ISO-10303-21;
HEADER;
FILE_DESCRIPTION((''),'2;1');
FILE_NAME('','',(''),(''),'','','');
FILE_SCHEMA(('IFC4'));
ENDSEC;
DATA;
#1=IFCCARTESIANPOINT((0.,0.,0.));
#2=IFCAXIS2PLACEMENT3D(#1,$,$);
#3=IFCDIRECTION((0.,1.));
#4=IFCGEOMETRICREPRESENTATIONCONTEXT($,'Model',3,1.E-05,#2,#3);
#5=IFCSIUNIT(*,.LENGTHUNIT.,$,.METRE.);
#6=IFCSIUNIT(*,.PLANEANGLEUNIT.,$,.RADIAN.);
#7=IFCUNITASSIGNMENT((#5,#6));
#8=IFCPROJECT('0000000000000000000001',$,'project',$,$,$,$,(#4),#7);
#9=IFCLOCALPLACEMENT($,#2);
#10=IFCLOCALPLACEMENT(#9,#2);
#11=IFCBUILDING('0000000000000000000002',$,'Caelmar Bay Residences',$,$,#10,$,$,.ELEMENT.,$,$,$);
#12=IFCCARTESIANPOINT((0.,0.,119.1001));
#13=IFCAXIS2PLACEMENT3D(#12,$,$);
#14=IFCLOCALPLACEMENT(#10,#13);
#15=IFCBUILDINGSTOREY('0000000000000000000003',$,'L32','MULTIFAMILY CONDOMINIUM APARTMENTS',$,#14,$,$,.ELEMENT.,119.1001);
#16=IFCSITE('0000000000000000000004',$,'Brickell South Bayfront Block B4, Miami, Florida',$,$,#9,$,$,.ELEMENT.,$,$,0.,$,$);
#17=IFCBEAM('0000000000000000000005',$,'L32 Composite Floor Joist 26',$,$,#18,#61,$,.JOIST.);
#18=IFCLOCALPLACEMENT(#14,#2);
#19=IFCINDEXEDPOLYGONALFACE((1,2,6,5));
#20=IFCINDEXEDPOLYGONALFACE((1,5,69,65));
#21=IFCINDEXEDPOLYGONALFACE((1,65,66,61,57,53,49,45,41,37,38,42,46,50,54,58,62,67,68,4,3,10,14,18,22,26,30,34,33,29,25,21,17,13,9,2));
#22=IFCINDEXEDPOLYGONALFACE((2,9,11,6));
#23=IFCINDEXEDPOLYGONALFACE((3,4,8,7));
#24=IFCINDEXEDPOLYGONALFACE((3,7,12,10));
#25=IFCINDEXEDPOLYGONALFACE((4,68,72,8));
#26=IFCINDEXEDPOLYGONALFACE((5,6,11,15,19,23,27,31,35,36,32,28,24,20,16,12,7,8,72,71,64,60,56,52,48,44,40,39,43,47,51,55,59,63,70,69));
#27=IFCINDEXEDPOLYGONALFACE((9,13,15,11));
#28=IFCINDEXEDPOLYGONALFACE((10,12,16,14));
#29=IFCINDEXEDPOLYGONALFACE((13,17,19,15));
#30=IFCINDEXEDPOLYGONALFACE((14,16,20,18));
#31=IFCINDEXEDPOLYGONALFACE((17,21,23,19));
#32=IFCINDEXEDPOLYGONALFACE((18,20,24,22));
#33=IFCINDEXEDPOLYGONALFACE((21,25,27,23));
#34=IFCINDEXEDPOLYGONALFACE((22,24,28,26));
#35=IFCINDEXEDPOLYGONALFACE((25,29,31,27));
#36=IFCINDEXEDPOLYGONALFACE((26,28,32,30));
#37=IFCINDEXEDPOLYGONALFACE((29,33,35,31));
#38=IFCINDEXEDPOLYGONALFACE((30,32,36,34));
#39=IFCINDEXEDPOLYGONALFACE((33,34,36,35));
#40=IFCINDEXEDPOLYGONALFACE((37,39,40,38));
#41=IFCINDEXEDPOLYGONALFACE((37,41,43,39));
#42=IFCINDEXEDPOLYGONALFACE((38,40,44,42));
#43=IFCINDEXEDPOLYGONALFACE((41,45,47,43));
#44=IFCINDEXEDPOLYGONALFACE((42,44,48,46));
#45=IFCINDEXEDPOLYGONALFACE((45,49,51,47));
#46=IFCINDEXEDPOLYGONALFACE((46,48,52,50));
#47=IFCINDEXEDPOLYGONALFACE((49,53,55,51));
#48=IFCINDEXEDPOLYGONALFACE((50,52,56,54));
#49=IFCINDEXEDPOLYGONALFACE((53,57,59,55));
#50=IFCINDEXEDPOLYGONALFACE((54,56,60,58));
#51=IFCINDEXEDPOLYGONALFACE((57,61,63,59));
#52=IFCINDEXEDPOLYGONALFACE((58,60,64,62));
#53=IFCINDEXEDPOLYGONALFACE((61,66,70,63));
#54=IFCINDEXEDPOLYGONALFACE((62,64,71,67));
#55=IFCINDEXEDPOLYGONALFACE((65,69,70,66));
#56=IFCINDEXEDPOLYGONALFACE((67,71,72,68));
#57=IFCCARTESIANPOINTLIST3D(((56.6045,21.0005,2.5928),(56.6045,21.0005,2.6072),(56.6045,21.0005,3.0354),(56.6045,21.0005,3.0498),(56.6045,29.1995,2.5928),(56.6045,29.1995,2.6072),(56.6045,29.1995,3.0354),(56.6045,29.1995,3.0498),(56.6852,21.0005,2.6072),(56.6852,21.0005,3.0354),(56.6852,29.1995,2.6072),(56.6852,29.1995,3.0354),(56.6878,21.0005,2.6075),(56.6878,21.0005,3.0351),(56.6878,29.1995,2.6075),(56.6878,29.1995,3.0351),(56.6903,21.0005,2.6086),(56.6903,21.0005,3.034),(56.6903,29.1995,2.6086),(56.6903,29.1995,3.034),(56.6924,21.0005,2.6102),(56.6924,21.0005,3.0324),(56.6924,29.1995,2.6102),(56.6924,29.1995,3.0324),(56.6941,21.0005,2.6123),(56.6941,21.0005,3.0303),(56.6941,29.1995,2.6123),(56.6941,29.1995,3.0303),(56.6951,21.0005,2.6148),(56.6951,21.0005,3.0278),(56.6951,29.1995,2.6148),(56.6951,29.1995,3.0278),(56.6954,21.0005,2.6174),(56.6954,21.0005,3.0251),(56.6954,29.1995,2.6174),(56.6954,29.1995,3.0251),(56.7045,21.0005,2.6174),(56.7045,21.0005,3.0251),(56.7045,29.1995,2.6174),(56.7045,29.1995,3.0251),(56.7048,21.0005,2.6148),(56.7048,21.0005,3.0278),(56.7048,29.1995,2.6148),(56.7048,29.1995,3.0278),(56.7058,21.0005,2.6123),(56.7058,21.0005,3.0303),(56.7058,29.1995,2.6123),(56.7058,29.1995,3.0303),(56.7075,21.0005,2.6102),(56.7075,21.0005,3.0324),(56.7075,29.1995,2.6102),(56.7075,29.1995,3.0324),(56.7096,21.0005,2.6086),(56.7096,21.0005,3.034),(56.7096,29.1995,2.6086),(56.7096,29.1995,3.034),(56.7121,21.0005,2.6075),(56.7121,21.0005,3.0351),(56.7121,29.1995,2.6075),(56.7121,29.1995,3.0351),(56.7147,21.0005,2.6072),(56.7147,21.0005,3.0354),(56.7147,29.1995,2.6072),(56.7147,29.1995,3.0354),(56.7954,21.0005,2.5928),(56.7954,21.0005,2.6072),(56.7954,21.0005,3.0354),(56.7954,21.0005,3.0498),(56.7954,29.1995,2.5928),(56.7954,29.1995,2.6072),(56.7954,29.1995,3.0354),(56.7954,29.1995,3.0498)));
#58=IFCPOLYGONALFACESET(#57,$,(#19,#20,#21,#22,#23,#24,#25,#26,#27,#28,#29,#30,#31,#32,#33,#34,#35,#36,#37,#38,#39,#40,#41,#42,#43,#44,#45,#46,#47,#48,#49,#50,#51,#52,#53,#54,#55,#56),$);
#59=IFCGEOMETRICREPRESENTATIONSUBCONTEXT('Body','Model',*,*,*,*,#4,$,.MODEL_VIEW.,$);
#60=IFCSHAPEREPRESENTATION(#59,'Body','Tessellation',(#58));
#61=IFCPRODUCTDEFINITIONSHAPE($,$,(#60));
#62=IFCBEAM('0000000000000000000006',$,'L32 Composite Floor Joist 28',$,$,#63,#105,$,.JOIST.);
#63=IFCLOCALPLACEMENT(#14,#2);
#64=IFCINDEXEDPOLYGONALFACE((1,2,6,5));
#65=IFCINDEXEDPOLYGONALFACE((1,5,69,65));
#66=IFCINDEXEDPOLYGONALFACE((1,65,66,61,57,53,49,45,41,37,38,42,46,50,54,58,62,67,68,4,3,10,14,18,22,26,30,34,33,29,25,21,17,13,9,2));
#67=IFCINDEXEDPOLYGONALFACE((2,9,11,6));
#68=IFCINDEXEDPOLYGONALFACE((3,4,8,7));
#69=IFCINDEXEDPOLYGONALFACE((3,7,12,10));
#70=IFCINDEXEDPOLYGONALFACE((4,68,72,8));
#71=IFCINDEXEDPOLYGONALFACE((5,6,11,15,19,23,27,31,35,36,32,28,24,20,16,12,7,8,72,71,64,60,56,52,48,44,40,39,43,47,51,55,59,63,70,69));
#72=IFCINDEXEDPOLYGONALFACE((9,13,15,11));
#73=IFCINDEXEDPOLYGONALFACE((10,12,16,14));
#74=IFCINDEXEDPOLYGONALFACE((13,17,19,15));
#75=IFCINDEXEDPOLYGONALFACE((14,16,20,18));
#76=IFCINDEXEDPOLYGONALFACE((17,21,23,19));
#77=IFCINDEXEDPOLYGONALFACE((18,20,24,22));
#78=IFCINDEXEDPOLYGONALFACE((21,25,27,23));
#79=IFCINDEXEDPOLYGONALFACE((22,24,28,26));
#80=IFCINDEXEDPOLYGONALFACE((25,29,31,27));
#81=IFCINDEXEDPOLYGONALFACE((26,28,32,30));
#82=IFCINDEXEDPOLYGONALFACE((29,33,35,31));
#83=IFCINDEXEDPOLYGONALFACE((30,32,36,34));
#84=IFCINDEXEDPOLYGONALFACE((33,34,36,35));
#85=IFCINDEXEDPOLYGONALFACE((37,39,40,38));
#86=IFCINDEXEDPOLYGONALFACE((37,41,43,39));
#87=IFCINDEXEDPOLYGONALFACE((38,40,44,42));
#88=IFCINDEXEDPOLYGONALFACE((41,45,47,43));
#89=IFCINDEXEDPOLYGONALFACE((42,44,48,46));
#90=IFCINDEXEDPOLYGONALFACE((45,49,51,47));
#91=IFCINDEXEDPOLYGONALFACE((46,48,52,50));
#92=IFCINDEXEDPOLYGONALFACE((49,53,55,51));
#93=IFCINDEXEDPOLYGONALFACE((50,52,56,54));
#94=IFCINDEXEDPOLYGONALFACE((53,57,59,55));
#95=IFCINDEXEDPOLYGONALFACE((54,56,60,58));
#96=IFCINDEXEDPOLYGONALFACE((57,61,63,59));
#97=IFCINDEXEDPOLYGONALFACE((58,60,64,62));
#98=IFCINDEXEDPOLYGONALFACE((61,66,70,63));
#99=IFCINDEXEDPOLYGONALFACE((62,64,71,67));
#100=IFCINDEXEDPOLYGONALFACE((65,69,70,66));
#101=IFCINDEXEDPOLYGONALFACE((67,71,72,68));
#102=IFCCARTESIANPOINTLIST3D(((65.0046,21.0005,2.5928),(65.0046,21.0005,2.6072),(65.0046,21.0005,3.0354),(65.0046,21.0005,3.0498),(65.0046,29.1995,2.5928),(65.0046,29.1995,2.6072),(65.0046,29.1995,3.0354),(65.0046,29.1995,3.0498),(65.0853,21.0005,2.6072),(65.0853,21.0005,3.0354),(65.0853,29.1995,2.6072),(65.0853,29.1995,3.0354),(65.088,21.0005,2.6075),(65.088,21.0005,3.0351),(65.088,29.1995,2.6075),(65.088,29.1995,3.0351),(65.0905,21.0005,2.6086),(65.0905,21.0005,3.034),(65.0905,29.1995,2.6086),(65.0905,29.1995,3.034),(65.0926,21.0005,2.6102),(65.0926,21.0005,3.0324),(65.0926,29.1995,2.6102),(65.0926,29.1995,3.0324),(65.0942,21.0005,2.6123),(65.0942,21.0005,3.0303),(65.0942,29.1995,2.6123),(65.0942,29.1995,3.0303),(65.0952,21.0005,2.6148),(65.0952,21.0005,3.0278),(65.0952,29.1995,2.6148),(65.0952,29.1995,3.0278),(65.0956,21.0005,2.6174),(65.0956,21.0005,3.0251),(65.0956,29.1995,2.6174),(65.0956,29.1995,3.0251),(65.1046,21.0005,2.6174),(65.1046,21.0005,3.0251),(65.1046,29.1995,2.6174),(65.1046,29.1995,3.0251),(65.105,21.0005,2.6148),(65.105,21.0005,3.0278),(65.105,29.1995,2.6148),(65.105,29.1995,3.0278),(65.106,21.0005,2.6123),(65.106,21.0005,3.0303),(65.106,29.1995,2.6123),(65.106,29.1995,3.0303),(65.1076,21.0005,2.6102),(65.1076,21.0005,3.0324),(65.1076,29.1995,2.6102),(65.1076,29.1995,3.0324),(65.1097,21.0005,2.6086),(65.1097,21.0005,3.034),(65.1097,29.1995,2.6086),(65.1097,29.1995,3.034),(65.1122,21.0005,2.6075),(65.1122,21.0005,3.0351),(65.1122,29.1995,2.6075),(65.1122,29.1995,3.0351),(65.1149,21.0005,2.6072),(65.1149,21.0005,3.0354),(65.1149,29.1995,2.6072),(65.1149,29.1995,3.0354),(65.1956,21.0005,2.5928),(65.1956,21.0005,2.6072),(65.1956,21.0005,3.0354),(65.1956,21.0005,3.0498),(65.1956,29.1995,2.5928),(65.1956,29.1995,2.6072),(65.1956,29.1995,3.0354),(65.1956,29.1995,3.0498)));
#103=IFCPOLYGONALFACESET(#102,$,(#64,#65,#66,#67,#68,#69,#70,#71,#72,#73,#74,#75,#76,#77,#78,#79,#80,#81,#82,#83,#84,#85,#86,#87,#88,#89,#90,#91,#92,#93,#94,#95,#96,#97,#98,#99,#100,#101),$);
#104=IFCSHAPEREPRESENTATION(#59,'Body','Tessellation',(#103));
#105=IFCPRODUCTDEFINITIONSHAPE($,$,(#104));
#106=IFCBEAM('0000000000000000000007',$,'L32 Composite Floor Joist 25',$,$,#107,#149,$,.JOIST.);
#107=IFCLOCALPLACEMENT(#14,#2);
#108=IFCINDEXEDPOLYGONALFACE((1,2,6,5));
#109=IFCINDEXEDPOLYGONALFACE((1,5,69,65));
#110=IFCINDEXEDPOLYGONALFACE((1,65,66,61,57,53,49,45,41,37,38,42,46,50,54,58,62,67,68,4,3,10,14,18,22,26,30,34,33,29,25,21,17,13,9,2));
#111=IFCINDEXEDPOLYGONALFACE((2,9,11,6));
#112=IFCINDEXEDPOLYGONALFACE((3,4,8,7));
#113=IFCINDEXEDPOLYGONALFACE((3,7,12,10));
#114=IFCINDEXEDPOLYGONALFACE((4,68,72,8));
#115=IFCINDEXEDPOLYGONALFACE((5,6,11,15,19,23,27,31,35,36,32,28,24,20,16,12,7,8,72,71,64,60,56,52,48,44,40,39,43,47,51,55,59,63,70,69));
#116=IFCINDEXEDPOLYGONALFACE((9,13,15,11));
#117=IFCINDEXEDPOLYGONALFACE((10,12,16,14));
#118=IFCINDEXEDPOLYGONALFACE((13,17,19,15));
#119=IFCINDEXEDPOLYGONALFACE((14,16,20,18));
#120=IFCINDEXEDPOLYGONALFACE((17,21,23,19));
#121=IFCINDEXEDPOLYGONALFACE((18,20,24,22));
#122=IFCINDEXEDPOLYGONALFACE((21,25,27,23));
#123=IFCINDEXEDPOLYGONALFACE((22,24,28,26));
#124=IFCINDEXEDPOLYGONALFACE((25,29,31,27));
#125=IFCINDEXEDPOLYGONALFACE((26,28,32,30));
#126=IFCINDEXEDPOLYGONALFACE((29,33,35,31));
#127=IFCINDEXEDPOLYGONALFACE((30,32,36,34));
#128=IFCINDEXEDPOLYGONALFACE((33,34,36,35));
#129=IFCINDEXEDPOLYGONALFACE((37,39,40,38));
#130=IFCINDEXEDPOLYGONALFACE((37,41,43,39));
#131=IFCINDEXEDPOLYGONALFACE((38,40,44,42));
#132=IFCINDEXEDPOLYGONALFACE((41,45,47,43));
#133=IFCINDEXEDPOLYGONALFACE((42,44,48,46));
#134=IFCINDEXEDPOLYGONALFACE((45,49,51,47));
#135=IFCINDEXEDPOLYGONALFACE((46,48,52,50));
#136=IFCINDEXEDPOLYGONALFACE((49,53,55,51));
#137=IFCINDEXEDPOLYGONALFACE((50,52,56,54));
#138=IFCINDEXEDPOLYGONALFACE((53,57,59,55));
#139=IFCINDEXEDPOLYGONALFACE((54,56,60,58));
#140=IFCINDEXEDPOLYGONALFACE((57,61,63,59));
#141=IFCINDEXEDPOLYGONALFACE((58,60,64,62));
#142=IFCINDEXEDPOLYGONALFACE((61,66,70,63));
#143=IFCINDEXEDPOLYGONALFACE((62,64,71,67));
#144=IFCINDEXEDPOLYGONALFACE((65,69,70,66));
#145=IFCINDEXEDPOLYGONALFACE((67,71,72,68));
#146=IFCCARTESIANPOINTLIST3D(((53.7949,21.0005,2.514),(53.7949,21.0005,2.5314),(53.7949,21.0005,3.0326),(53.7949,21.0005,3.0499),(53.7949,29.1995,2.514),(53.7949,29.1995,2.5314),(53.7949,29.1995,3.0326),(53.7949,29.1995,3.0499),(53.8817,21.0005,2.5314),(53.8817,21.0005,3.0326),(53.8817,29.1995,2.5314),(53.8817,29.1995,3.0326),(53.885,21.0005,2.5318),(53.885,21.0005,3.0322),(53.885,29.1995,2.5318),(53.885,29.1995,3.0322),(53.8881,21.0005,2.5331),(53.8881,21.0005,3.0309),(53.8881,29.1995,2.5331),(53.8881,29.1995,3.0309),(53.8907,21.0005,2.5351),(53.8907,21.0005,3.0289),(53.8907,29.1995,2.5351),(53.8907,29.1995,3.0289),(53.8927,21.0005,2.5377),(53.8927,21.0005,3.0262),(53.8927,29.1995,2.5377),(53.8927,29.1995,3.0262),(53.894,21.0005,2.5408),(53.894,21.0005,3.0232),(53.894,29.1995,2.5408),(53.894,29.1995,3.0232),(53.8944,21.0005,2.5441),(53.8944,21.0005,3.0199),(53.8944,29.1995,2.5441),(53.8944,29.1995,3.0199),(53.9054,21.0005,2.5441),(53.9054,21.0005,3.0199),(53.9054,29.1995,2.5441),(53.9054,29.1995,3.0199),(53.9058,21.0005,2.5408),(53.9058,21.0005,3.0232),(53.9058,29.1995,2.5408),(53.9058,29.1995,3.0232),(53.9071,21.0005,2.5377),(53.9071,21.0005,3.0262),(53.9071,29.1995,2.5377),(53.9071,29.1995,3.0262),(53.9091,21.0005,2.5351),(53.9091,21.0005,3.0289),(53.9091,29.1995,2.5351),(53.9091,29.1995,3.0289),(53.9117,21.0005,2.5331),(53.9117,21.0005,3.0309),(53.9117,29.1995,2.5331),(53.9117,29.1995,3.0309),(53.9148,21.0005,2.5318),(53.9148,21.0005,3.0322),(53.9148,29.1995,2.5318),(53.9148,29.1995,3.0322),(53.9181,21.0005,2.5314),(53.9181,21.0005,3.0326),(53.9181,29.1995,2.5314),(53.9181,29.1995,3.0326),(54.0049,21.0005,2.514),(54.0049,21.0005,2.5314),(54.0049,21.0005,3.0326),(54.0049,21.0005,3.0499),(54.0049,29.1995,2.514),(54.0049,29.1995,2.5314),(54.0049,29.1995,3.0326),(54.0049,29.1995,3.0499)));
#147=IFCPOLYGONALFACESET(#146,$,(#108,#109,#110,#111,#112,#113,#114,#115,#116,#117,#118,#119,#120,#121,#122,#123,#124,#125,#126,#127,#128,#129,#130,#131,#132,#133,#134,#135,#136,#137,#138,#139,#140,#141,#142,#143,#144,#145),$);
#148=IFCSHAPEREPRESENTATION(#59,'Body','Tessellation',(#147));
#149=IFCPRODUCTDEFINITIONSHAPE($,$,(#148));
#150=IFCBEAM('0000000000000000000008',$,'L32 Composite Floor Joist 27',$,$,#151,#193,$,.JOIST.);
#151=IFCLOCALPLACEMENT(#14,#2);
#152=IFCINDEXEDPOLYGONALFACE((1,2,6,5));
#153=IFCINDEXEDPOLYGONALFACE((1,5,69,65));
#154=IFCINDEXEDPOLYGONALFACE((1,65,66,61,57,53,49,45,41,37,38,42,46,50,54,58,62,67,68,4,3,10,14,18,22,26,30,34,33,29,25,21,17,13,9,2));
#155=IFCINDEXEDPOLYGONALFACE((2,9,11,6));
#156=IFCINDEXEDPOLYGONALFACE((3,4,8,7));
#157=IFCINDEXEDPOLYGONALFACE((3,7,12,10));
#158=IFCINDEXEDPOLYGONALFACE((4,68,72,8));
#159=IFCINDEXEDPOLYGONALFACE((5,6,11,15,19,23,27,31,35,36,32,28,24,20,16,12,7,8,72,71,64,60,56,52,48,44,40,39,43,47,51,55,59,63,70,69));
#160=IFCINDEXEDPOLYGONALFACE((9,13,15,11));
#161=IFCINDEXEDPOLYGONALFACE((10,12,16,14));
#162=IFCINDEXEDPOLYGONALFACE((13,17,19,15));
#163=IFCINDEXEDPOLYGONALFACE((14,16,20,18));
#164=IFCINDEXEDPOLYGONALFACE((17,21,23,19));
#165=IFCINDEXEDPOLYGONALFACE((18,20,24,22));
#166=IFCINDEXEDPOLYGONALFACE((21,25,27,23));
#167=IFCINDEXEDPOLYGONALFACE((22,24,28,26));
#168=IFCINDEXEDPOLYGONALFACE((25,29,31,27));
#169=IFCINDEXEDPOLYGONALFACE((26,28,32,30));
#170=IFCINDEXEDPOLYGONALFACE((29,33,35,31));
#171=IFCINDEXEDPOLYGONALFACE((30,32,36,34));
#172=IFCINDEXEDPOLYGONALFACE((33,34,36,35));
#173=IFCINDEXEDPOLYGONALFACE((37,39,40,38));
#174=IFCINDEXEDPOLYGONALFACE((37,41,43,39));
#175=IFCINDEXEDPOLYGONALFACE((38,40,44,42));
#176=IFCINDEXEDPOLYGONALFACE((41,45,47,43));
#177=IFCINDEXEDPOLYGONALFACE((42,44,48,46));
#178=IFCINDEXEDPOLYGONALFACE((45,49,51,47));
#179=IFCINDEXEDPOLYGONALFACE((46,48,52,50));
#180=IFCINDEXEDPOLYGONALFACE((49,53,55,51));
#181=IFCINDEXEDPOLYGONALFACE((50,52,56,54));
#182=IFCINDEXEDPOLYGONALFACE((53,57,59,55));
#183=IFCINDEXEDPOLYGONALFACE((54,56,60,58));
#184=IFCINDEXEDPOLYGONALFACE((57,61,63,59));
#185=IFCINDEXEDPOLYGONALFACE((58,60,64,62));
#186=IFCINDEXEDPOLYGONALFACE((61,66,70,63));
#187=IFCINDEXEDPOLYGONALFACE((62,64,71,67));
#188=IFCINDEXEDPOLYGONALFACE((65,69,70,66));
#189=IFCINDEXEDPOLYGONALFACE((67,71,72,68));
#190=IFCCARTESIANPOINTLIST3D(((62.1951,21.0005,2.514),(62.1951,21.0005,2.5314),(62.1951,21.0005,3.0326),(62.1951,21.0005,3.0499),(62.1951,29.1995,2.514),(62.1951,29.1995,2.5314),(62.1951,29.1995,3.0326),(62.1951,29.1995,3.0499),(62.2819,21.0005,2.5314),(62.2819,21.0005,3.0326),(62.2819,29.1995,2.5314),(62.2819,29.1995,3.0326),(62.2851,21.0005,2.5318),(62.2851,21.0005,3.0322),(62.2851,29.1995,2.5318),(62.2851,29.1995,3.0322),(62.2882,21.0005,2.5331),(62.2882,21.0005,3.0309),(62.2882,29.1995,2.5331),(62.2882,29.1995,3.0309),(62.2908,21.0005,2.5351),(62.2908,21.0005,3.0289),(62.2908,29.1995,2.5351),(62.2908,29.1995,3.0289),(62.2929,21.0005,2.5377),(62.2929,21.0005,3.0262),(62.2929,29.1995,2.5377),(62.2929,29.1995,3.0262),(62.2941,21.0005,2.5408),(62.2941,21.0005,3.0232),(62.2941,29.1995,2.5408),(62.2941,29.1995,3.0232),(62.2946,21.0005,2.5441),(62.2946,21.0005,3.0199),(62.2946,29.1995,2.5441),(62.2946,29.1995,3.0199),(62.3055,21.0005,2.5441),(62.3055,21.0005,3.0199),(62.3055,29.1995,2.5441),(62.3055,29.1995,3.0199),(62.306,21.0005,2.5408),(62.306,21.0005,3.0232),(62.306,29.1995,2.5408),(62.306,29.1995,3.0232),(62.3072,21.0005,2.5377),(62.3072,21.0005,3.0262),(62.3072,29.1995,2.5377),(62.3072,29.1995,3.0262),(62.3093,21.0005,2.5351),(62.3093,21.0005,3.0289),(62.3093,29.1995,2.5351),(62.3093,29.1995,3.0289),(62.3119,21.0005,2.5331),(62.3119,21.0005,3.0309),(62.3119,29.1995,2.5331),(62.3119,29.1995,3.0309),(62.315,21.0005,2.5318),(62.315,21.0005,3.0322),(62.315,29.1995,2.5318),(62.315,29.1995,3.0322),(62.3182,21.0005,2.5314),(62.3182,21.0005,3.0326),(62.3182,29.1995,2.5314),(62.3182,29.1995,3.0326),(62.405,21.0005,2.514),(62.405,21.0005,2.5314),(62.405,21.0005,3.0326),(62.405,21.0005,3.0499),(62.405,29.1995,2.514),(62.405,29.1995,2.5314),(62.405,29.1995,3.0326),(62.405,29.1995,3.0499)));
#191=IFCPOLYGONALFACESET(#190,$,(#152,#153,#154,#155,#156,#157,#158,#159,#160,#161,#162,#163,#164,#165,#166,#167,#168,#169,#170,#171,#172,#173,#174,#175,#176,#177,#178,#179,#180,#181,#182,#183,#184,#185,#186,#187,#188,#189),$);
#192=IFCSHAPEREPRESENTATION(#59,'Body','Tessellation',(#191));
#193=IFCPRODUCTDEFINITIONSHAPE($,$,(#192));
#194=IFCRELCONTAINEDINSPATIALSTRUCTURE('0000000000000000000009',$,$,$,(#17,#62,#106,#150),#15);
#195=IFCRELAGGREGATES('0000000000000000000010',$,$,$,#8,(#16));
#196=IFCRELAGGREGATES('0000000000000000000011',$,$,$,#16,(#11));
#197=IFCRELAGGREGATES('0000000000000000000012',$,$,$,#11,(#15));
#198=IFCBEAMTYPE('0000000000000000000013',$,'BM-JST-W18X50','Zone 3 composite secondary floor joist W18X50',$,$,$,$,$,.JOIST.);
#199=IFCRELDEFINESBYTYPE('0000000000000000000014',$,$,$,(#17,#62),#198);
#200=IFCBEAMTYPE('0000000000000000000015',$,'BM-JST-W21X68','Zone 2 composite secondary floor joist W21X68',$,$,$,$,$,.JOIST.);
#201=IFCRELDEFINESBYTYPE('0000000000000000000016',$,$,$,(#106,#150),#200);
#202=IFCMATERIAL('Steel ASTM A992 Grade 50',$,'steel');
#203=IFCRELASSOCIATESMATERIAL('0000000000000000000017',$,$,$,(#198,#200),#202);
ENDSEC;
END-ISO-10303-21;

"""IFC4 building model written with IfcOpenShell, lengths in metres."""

from ifc_helpers import new_model, si_unit, direction, frame, origin, origin_2d, place, context, subcontext, project, spatial, i_section, extrude, material, material_profile, profile_set, type_object, element, save


model = new_model("IFC4")

# Units and contexts
model_context = context("Model", 3, precision=1e-05, world=origin(), true_north=direction((0.0, 1.0)))
body_context = subcontext(model_context, "Body", "Model", "MODEL_VIEW")
ifc_project = project(units=[si_unit("LENGTHUNIT", "METRE"), si_unit("PLANEANGLEUNIT", "RADIAN")], contexts=[model_context])

# Site, building, storey
site_placement = place(None, origin())
site = spatial("IfcSite", under=ifc_project, at=site_placement, Name="Brickell South Bayfront Block B4, Miami, Florida", CompositionType="ELEMENT", RefElevation=0.0)
building_placement = place(site_placement, origin())
building = spatial("IfcBuilding", under=site, at=building_placement, Name="Caelmar Bay Residences", CompositionType="ELEMENT")
storey_placement = place(building_placement, frame((0.0, 0.0, 119.1001)))
storey = spatial("IfcBuildingStorey", under=building, at=storey_placement, Name="L32", Description="MULTIFAMILY CONDOMINIUM APARTMENTS", CompositionType="ELEMENT", Elevation=119.1001)

# Beams
ifc_material_1 = material(Name="Steel ASTM A992 Grade 50", Category="steel")
ifc_material_profile_1 = material_profile(ifc_material_1, i_section(OverallWidth=0.1909, OverallDepth=0.457, WebThickness=0.009, FlangeThickness=0.0144, FilletRadius=0.0103, at=origin_2d()), Name="W18X50")
ifc_profile_set_1 = profile_set([ifc_material_profile_1], Name="Steel ASTM A992 Grade 50")
beam_type_1 = type_object("IfcBeamType", Name="BM-JST-W18X50", Description="Zone 3 composite secondary floor joist W18X50", PredefinedType="JOIST", material=ifc_profile_set_1)
for number, where, z_axis, x_axis, name in (
    (1, (56.7, 21.0005, 2.8213), (0.0, 1.0, 0.0), (-1.0, 0.0, 0.0), "L32 Composite Floor Joist 26"),
    (2, (65.1001, 21.0005, 2.8213), (0.0, 1.0, 0.0), (-1.0, 0.0, 0.0), "L32 Composite Floor Joist 28"),
):
    element("IfcBeam", number, at=place(storey_placement, frame(where, z_axis=z_axis, x_axis=x_axis)), inside=storey, type_object=beam_type_1, Name=name, PredefinedType="JOIST", context=body_context, shape_type="SweptSolid", body=[
        extrude(i_section(OverallWidth=0.1909, OverallDepth=0.457, WebThickness=0.009, FlangeThickness=0.0144, FilletRadius=0.0103, at=origin_2d()), origin(), (0.0, 0.0, 1.0), 8.199),
    ])
ifc_material_profile_2 = material_profile(ifc_material_1, i_section(OverallWidth=0.21, OverallDepth=0.5359, WebThickness=0.011, FlangeThickness=0.0173, FilletRadius=0.0127, at=origin_2d()), Name="W21X68")
ifc_profile_set_2 = profile_set([ifc_material_profile_2], Name="Steel ASTM A992 Grade 50")
beam_type_2 = type_object("IfcBeamType", Name="BM-JST-W21X68", Description="Zone 2 composite secondary floor joist W21X68", PredefinedType="JOIST", material=ifc_profile_set_2)
for number, where, z_axis, x_axis, name in (
    (3, (53.8999, 21.0005, 2.782), (0.0, 1.0, 0.0), (-1.0, 0.0, 0.0), "L32 Composite Floor Joist 25"),
    (4, (62.3, 21.0005, 2.782), (0.0, 1.0, 0.0), (-1.0, 0.0, 0.0), "L32 Composite Floor Joist 27"),
):
    element("IfcBeam", number, at=place(storey_placement, frame(where, z_axis=z_axis, x_axis=x_axis)), inside=storey, type_object=beam_type_2, Name=name, PredefinedType="JOIST", context=body_context, shape_type="SweptSolid", body=[
        extrude(i_section(OverallWidth=0.21, OverallDepth=0.5359, WebThickness=0.011, FlangeThickness=0.0173, FilletRadius=0.0127, at=origin_2d()), origin(), (0.0, 0.0, 1.0), 8.199),
    ])

save(model, "model.ifc")
